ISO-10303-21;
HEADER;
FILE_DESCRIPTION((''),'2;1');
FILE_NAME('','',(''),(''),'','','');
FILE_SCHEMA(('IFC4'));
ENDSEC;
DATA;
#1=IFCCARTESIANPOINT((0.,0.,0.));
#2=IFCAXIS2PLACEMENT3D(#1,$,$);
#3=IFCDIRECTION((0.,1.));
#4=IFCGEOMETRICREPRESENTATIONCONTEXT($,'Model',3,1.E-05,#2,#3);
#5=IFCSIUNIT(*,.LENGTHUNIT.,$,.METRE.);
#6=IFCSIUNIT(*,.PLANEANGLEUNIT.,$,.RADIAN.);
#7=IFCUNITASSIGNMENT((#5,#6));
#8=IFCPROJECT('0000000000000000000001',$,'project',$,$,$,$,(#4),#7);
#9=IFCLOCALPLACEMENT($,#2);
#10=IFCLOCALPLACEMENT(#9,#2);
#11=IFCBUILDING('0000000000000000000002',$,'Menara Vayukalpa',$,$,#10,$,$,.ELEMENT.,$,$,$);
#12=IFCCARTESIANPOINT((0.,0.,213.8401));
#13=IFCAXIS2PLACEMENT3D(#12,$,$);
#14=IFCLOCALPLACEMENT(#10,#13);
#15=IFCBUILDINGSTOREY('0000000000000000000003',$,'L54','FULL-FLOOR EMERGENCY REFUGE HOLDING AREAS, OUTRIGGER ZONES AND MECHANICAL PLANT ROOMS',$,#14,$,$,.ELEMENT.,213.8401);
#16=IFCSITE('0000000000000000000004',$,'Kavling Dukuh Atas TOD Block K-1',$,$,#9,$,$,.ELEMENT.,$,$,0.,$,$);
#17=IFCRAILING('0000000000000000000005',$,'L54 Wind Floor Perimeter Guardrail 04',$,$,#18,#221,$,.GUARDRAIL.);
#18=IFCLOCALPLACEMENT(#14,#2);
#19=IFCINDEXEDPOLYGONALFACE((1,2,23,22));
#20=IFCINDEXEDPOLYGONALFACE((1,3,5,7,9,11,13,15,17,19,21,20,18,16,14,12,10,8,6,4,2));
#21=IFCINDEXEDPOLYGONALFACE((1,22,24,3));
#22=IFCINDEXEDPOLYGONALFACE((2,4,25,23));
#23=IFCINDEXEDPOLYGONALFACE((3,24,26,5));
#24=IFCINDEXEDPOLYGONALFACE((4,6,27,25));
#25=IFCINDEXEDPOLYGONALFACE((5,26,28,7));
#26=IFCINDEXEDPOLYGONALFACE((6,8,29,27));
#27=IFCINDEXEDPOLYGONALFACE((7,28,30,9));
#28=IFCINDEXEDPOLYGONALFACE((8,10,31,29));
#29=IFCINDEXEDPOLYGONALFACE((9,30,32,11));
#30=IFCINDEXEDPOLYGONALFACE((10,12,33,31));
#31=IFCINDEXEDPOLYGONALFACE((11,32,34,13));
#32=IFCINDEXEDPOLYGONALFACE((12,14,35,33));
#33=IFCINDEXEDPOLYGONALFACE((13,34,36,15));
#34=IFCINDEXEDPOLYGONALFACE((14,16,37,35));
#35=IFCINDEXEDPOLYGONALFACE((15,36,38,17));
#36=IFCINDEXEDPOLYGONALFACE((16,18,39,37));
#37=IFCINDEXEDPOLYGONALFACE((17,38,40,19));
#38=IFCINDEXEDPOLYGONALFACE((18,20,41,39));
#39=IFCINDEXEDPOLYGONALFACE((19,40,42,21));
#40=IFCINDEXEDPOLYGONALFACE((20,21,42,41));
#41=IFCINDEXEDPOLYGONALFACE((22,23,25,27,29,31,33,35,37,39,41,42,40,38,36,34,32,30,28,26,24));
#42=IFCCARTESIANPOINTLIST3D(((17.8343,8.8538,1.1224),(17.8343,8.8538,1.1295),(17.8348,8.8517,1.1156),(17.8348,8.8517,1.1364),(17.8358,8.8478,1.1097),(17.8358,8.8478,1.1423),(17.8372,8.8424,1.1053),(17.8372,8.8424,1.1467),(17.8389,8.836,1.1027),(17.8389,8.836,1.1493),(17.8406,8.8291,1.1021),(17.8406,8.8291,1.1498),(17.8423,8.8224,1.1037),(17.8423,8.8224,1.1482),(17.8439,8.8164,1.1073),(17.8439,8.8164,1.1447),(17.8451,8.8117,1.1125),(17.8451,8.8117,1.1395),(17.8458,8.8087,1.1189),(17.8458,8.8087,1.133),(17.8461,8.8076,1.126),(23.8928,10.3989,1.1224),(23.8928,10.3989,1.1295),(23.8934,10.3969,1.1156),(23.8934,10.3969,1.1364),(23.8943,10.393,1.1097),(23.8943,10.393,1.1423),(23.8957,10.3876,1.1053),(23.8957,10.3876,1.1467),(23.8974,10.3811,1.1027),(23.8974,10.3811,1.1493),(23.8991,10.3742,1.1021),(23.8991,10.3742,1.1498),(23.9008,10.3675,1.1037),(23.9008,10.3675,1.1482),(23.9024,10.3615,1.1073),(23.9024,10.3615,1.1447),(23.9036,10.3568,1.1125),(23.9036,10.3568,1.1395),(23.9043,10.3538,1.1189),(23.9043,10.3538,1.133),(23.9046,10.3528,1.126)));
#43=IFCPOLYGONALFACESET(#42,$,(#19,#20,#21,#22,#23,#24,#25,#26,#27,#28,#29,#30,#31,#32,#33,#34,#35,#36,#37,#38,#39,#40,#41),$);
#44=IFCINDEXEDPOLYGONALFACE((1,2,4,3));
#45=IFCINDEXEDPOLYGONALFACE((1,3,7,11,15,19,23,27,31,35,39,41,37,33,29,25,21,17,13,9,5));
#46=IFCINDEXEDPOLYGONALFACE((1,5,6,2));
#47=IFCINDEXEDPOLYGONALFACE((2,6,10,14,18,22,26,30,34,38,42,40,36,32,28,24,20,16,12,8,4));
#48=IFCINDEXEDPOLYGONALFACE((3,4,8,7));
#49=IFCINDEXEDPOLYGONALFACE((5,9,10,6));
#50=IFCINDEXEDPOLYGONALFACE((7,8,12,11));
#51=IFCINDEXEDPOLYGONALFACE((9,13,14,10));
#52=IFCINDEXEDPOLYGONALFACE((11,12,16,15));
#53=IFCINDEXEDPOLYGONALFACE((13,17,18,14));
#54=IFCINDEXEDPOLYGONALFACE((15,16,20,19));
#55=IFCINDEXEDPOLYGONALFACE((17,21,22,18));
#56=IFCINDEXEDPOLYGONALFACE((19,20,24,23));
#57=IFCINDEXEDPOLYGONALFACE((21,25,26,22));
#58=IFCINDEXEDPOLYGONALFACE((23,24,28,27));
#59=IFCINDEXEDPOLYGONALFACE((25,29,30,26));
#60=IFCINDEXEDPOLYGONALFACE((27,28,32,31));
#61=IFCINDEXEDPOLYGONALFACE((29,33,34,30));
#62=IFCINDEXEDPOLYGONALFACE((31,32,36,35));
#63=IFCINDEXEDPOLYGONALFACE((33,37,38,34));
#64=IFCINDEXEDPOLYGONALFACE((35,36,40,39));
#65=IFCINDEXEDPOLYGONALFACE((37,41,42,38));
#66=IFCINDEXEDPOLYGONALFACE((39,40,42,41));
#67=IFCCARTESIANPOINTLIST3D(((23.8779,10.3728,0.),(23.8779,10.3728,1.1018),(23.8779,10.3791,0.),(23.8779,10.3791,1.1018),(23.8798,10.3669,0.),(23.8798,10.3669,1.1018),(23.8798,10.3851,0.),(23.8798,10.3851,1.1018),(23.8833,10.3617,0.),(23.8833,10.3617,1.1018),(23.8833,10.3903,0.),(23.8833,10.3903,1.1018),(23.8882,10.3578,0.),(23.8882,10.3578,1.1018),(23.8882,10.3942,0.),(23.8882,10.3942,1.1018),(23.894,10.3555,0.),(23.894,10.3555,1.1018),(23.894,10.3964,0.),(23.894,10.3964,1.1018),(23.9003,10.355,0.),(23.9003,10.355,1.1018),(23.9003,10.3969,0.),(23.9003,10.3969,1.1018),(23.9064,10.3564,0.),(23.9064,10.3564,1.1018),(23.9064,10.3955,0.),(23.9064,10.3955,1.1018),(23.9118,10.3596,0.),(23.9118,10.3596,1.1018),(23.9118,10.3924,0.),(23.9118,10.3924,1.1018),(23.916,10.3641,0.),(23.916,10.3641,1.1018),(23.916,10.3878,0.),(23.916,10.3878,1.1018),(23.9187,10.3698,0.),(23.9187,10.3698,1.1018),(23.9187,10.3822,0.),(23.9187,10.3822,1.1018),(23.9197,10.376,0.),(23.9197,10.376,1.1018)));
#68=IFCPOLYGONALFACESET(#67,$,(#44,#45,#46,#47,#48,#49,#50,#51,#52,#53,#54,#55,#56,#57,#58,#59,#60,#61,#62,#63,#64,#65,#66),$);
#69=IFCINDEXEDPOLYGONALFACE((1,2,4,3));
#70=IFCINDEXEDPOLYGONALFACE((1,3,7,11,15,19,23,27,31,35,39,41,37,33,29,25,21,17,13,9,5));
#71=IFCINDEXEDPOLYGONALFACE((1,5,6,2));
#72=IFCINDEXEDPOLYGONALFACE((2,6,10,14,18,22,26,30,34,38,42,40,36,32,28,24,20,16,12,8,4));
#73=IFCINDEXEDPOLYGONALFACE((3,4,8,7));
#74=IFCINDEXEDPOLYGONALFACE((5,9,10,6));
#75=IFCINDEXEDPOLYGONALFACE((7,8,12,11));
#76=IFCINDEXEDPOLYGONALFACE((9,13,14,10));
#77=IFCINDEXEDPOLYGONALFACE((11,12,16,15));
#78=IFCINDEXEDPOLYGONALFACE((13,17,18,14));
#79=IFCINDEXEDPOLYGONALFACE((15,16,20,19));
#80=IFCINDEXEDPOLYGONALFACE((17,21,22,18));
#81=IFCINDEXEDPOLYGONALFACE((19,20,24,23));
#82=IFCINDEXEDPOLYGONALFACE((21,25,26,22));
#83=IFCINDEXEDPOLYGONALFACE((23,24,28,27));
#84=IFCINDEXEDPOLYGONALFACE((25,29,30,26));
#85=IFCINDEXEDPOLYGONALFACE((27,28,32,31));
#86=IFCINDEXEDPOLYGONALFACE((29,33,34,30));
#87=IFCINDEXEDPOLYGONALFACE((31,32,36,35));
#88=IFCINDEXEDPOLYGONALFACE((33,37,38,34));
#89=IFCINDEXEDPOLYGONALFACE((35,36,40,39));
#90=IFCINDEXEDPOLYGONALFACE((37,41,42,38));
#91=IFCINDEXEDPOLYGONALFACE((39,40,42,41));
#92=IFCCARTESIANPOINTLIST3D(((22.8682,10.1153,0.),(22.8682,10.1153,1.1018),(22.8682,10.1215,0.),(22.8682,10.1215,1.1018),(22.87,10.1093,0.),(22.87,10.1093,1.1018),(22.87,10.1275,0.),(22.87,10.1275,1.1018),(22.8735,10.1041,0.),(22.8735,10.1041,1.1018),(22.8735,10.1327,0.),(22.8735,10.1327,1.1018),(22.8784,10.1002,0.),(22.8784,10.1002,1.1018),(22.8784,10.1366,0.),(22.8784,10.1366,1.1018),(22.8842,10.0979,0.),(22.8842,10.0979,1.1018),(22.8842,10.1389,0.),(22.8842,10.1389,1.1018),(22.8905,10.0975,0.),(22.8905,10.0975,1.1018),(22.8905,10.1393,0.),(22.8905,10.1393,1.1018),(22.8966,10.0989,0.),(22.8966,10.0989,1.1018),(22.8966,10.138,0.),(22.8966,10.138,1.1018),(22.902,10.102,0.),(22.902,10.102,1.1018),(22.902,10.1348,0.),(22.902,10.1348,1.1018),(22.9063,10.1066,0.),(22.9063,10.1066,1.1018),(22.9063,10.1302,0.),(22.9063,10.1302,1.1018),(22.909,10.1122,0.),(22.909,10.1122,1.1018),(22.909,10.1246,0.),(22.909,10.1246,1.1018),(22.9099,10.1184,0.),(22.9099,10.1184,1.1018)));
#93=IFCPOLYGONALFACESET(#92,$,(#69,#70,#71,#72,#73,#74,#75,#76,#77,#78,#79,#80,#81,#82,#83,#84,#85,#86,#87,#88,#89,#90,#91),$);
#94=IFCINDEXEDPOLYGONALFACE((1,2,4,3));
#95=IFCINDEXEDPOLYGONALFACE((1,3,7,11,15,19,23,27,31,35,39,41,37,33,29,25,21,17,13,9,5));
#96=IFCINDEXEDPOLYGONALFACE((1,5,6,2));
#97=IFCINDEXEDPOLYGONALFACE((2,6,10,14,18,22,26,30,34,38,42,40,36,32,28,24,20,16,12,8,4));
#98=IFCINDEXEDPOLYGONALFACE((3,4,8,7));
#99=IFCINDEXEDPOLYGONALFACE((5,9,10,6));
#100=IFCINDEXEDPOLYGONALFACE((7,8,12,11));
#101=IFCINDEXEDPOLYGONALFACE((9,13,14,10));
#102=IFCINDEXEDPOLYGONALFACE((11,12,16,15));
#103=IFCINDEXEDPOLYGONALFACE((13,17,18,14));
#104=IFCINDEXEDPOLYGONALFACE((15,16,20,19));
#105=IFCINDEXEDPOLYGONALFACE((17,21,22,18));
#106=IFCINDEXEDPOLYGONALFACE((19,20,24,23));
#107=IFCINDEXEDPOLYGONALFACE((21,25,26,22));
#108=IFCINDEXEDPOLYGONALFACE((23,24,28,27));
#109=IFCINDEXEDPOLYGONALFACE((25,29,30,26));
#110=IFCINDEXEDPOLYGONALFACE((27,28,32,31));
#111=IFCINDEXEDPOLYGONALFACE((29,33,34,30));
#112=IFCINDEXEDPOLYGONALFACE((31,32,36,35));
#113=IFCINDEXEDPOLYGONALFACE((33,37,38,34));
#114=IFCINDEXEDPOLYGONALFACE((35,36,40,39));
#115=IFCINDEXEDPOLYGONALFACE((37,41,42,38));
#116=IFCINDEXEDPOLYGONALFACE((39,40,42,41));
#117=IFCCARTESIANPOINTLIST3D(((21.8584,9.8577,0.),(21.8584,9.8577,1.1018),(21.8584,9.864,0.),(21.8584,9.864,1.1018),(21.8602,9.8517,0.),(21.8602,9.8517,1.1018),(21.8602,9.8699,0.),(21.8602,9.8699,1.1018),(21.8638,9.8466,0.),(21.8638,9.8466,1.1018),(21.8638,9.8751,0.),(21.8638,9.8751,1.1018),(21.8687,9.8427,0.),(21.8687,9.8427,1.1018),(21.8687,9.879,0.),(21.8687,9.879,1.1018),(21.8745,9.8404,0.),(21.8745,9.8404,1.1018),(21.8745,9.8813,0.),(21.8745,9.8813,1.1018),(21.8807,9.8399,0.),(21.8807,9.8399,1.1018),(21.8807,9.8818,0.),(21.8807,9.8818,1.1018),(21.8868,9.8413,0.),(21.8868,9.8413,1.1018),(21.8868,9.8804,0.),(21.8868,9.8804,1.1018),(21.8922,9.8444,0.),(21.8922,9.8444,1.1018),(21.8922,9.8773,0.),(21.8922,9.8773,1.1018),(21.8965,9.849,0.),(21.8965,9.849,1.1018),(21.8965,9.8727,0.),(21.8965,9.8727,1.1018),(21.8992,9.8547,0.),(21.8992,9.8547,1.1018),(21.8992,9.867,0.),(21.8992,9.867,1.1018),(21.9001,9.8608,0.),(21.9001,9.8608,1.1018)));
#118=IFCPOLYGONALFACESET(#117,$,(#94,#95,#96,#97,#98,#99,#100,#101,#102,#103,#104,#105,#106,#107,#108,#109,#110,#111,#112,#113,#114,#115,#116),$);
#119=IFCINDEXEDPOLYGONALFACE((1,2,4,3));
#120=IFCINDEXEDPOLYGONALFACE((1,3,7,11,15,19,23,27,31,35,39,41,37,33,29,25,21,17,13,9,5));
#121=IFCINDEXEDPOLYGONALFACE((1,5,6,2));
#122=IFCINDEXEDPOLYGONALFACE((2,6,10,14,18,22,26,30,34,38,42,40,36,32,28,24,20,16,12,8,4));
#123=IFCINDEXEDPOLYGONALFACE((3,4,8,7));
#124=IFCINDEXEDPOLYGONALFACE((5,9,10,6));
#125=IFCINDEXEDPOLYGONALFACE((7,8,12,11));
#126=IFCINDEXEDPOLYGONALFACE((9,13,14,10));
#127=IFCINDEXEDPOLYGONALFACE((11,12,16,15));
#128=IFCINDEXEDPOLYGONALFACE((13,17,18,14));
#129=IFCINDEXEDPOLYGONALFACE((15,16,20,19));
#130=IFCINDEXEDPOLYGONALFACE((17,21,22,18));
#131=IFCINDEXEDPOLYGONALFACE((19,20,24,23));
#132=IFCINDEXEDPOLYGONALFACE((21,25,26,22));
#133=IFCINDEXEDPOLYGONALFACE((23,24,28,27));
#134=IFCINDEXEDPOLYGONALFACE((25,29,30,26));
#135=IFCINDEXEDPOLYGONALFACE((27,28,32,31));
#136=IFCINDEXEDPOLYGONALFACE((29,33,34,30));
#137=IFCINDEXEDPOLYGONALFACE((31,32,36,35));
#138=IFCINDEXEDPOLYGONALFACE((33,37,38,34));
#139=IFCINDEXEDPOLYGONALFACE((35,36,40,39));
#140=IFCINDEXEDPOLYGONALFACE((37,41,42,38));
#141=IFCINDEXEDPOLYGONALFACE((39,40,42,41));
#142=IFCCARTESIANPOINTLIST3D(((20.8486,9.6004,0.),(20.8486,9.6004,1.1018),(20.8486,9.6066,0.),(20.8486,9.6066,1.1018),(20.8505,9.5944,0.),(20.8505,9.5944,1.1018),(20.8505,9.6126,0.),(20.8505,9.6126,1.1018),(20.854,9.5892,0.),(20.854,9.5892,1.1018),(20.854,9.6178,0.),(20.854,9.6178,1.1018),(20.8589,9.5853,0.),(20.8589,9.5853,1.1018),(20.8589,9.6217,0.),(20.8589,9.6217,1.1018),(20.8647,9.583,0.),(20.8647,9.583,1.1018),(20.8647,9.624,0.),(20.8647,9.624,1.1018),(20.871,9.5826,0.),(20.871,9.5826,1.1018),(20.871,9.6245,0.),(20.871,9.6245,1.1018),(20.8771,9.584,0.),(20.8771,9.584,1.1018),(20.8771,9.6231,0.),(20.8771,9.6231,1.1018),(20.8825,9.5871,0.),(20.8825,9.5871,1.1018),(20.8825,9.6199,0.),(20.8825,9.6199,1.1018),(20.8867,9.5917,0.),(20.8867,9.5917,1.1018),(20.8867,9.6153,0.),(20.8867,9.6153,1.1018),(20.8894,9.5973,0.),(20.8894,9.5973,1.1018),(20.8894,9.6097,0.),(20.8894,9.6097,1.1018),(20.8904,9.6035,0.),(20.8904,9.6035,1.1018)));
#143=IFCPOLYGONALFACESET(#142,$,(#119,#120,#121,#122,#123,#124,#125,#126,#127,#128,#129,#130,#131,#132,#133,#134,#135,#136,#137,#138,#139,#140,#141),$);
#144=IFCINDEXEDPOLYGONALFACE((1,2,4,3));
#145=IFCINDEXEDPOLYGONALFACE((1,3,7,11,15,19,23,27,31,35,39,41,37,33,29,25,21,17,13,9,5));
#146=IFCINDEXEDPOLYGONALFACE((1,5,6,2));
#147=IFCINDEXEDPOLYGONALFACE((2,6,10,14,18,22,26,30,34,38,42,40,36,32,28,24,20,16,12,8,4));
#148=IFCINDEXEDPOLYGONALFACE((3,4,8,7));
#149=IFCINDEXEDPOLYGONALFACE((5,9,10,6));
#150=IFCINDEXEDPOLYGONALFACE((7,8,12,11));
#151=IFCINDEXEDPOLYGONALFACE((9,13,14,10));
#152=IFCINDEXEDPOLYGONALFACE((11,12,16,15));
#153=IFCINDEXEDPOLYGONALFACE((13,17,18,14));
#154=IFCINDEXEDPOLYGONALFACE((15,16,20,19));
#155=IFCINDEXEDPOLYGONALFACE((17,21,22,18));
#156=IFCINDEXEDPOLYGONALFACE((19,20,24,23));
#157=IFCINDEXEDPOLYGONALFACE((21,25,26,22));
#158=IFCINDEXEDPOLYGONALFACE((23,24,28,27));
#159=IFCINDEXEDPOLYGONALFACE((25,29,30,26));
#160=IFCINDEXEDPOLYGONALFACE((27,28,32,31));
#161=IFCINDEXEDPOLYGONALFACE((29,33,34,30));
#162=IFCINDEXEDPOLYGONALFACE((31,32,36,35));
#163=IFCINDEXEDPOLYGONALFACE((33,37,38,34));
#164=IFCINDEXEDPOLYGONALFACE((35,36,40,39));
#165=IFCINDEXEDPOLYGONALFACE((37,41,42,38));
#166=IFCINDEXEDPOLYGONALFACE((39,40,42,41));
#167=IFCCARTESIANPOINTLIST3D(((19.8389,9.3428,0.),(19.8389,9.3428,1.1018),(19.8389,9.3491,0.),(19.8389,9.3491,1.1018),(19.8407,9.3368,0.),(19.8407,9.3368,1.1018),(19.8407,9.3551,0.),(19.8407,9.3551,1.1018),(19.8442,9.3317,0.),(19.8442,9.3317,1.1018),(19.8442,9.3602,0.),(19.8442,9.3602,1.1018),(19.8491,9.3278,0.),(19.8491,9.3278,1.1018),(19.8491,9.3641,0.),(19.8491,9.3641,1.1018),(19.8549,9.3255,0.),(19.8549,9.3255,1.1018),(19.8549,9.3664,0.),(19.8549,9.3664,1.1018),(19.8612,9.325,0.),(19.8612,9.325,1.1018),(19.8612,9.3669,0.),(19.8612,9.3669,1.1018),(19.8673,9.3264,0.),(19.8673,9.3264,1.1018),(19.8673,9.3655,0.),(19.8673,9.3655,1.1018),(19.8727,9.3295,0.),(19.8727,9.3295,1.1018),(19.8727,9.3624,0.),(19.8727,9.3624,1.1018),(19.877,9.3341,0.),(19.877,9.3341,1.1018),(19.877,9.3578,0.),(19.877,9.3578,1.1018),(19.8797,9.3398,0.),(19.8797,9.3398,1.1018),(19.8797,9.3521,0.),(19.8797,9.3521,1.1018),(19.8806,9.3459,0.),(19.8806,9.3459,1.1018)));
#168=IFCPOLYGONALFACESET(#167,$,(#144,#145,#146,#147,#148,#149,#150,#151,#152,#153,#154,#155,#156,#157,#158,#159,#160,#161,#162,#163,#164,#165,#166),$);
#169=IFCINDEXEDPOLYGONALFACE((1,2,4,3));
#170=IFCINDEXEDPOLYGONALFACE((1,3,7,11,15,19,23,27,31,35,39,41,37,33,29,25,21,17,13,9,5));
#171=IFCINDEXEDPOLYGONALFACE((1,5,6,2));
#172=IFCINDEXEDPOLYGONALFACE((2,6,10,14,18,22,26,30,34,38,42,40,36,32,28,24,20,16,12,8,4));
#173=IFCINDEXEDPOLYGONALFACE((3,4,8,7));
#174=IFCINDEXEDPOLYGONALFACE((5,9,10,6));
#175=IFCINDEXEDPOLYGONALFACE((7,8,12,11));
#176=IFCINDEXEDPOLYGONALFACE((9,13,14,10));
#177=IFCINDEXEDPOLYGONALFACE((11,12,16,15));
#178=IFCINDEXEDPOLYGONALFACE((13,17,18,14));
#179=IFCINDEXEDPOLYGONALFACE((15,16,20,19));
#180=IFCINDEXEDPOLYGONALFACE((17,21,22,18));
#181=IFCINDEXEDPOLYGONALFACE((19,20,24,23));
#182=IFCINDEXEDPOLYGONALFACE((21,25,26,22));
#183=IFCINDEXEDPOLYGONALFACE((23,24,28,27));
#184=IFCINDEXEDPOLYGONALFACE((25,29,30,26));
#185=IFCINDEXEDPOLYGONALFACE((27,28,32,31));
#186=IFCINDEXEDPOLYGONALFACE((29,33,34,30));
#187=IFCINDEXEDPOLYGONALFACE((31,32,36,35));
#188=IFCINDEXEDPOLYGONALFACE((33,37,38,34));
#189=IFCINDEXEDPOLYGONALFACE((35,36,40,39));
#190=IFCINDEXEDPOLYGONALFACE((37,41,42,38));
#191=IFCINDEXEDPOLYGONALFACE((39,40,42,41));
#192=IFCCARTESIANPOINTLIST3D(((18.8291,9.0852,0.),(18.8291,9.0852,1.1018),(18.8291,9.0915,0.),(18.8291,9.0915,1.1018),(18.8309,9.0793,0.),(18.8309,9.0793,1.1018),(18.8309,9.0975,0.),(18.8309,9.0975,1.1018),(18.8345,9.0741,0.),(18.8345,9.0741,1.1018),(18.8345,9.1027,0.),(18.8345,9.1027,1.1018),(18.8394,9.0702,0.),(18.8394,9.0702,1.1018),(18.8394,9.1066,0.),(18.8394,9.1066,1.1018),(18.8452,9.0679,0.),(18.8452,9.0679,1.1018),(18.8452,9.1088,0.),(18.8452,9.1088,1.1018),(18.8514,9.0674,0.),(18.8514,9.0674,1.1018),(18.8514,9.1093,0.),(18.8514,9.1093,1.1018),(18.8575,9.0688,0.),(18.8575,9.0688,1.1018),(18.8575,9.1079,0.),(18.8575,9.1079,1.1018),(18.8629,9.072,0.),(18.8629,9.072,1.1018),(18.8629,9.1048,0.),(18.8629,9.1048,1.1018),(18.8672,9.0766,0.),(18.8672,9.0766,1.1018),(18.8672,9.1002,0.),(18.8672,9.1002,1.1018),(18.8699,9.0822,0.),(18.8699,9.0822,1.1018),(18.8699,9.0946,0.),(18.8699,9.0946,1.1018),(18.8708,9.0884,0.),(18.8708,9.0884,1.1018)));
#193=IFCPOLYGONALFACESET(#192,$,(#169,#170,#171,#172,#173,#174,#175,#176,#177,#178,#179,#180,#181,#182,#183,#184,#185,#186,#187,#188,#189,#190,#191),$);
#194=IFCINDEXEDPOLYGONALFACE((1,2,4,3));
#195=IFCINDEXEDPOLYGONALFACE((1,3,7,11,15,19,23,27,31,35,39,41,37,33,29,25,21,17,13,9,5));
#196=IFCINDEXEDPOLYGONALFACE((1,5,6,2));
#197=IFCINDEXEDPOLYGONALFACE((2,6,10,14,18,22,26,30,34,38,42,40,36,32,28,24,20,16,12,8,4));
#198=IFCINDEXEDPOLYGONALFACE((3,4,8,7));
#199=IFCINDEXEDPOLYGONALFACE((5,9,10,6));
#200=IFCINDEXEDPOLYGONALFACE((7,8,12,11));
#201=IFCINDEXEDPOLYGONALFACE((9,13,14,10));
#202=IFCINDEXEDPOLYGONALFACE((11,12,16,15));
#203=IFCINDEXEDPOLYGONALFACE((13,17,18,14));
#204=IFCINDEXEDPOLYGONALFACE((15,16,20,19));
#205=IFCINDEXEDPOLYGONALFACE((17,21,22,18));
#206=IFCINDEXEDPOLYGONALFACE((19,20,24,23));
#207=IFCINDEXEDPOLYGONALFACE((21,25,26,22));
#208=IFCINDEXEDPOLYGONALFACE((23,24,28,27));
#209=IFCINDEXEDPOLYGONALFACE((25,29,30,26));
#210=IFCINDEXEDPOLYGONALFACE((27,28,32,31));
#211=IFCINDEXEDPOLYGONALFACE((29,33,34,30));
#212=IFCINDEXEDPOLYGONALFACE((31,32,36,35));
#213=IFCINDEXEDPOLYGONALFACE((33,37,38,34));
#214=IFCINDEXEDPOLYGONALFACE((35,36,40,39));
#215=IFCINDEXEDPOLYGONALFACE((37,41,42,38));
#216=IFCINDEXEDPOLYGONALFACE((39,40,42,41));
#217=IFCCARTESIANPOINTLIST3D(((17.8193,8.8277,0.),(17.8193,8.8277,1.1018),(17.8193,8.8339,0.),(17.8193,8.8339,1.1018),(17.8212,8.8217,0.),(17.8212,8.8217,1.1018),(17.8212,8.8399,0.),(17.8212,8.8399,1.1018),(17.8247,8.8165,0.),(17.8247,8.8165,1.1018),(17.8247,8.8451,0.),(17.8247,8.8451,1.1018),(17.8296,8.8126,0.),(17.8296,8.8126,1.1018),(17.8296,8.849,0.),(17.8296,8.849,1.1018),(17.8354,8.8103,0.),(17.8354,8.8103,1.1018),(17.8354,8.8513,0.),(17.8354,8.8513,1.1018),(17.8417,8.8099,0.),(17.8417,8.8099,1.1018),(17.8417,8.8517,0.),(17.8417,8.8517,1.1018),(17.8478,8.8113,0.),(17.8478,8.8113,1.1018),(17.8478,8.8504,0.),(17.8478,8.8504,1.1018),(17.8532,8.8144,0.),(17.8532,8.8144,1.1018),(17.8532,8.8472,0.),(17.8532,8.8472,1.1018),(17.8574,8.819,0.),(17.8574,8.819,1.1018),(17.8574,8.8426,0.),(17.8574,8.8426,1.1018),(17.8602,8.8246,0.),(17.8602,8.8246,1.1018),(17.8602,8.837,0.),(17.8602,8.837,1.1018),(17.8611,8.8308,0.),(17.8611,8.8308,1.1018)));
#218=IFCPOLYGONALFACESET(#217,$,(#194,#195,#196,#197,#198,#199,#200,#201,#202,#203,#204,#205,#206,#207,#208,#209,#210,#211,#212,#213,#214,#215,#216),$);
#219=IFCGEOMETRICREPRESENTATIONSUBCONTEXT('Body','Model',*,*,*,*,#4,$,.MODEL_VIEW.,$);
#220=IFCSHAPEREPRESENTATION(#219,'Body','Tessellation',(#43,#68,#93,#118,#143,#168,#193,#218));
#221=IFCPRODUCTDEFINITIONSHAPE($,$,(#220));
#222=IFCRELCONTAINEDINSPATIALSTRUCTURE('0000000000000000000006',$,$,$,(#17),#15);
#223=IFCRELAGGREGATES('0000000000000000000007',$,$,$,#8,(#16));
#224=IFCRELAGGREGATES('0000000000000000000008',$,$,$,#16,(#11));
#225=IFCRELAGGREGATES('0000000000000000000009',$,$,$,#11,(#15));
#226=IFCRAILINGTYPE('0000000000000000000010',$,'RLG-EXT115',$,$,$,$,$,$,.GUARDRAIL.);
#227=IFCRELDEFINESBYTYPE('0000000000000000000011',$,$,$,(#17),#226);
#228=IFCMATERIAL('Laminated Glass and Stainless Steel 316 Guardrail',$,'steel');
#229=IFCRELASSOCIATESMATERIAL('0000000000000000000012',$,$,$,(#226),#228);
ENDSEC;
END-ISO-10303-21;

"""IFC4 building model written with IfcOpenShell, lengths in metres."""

from ifc_helpers import new_model, si_unit, direction, frame, origin, origin_2d, place, context, subcontext, project, spatial, circle, extrude, material, type_object, element, save


model = new_model("IFC4")

# Units and contexts
model_context = context("Model", 3, precision=1e-05, world=origin(), true_north=direction((0.0, 1.0)))
body_context = subcontext(model_context, "Body", "Model", "MODEL_VIEW")
ifc_project = project(units=[si_unit("LENGTHUNIT", "METRE"), si_unit("PLANEANGLEUNIT", "RADIAN")], contexts=[model_context])

# Site, building, storey
site_placement = place(None, origin())
site = spatial("IfcSite", under=ifc_project, at=site_placement, Name="Kavling Dukuh Atas TOD Block K-1", CompositionType="ELEMENT", RefElevation=0.0)
building_placement = place(site_placement, origin())
building = spatial("IfcBuilding", under=site, at=building_placement, Name="Menara Vayukalpa", CompositionType="ELEMENT")
storey_placement = place(building_placement, frame((0.0, 0.0, 213.8401)))
storey = spatial("IfcBuildingStorey", under=building, at=storey_placement, Name="L54", Description="FULL-FLOOR EMERGENCY REFUGE HOLDING AREAS, OUTRIGGER ZONES AND MECHANICAL PLANT ROOMS", CompositionType="ELEMENT", Elevation=213.8401)

# Railing
ifc_material_1 = material(Name="Laminated Glass and Stainless Steel 316 Guardrail", Category="steel")
railing_type = type_object("IfcRailingType", Name="RLG-EXT115", PredefinedType="GUARDRAIL", material=ifc_material_1)
railing_placement = place(storey_placement, frame((23.8987, 10.376, 0.0)))
element("IfcRailing", 1, at=railing_placement, inside=storey, type_object=railing_type, Name="L54 Wind Floor Perimeter Guardrail 04", PredefinedType="GUARDRAIL", context=body_context, shape_type="SweptSolid", body=[
    extrude(circle(Radius=0.0239, at=origin_2d()), frame((0.0, 0.0, 1.126), z_axis=(-0.968983, -0.247127, 0.0), x_axis=(0.247127, -0.968983, 0.0)), (0.0, 0.0, 1.0), 6.2524),
    extrude(circle(Radius=0.021, at=origin_2d()), origin(), (0.0, 0.0, 1.0), 1.1018),
    extrude(circle(Radius=0.021, at=origin_2d()), frame((-1.0098, -0.2576, 0.0)), (0.0, 0.0, 1.0), 1.1018),
    extrude(circle(Radius=0.021, at=origin_2d()), frame((-2.0195, -0.5151, 0.0)), (0.0, 0.0, 1.0), 1.1018),
    extrude(circle(Radius=0.021, at=origin_2d()), frame((-3.0293, -0.7725, 0.0)), (0.0, 0.0, 1.0), 1.1018),
    extrude(circle(Radius=0.021, at=origin_2d()), frame((-4.0391, -1.03, 0.0)), (0.0, 0.0, 1.0), 1.1018),
    extrude(circle(Radius=0.021, at=origin_2d()), frame((-5.0488, -1.2876, 0.0)), (0.0, 0.0, 1.0), 1.1018),
    extrude(circle(Radius=0.021, at=origin_2d()), frame((-6.0586, -1.5452, 0.0)), (0.0, 0.0, 1.0), 1.1018),
])

save(model, "model.ifc")
